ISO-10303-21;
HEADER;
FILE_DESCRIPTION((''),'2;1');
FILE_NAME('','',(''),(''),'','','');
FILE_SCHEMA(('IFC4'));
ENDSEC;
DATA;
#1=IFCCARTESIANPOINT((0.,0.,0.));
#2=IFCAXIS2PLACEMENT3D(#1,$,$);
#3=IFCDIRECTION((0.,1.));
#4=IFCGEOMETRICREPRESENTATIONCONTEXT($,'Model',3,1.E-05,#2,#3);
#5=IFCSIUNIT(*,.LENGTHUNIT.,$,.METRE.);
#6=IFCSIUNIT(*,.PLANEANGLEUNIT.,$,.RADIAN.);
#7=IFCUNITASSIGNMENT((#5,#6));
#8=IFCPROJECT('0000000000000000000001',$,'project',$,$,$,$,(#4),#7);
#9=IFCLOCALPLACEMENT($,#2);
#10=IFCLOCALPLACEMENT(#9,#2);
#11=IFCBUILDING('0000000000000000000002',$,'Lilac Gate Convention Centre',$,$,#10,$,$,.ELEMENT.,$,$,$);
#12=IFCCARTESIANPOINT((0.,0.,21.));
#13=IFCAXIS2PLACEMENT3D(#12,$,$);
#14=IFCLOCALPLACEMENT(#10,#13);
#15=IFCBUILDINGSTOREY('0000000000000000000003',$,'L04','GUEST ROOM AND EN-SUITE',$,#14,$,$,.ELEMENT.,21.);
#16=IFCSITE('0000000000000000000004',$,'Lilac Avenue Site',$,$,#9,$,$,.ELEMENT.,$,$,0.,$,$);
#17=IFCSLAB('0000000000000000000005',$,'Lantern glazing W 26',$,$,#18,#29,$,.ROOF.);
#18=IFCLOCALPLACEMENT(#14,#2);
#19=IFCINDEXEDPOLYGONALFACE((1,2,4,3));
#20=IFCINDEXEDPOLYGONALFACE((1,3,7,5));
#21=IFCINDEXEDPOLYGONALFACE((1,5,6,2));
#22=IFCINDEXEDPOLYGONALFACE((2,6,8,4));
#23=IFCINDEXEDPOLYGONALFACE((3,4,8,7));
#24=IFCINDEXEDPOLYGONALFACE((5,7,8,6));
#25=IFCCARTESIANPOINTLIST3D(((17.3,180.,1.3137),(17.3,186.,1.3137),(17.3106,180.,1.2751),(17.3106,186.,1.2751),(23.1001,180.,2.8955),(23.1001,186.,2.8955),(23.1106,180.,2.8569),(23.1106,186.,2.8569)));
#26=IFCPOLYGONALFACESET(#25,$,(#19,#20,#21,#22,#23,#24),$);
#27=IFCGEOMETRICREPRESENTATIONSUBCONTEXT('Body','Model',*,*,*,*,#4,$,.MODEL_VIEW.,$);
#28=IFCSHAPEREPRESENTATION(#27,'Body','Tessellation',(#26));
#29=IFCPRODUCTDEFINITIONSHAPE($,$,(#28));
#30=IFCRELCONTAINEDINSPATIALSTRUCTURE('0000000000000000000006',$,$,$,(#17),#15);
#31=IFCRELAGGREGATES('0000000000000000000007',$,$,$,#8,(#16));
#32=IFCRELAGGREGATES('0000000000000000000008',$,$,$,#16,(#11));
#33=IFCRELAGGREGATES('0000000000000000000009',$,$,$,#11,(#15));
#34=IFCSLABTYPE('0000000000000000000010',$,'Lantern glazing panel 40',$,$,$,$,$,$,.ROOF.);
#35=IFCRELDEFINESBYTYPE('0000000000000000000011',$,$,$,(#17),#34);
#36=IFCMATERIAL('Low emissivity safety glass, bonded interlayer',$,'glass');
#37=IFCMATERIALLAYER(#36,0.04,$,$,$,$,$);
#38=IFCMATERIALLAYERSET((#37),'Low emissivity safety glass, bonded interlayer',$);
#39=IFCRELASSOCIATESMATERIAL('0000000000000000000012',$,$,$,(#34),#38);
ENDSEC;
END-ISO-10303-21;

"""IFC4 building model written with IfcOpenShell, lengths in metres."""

from ifc_helpers import new_model, si_unit, direction, frame, origin, place, context, subcontext, project, spatial, polyline, outline, extrude, material, layer, layer_set, type_object, element, save


model = new_model("IFC4")

# Units and contexts
model_context = context("Model", 3, precision=1e-05, world=origin(), true_north=direction((0.0, 1.0)))
body_context = subcontext(model_context, "Body", "Model", "MODEL_VIEW")
ifc_project = project(units=[si_unit("LENGTHUNIT", "METRE"), si_unit("PLANEANGLEUNIT", "RADIAN")], contexts=[model_context])

# Site, building, storey
site_placement = place(None, origin())
site = spatial("IfcSite", under=ifc_project, at=site_placement, Name="Lilac Avenue Site", CompositionType="ELEMENT", RefElevation=0.0)
building_placement = place(site_placement, origin())
building = spatial("IfcBuilding", under=site, at=building_placement, Name="Lilac Gate Convention Centre", CompositionType="ELEMENT")
storey_placement = place(building_placement, frame((0.0, 0.0, 21.0)))
storey = spatial("IfcBuildingStorey", under=building, at=storey_placement, Name="L04", Description="GUEST ROOM AND EN-SUITE", CompositionType="ELEMENT", Elevation=21.0)

# Slab
ifc_material_1 = material(Name="Low emissivity safety glass, bonded interlayer", Category="glass")
ifc_layer_1 = layer(ifc_material_1, 0.04)
ifc_layer_set_1 = layer_set([ifc_layer_1], Name="Low emissivity safety glass, bonded interlayer")
slab_type = type_object("IfcSlabType", Name="Lantern glazing panel 40", PredefinedType="ROOF", material=ifc_layer_set_1)
slab_placement = place(storey_placement, frame((17.3, 180.0, 1.3137), z_axis=(-0.263111, 0.0, 0.964766), x_axis=(0.964766, 0.0, 0.263111)))
element("IfcSlab", 1, at=slab_placement, inside=storey, type_object=slab_type, Name="Lantern glazing W 26", PredefinedType="ROOF", context=body_context, shape_type="SweptSolid", body=[
    extrude(outline(polyline([(0.0, 0.0), (6.0119, 0.0), (6.0119, 6.0), (0.0, 6.0), (0.0, 0.0)])), origin(), (0.0, 0.0, -1.0), 0.04),
])

save(model, "model.ifc")
